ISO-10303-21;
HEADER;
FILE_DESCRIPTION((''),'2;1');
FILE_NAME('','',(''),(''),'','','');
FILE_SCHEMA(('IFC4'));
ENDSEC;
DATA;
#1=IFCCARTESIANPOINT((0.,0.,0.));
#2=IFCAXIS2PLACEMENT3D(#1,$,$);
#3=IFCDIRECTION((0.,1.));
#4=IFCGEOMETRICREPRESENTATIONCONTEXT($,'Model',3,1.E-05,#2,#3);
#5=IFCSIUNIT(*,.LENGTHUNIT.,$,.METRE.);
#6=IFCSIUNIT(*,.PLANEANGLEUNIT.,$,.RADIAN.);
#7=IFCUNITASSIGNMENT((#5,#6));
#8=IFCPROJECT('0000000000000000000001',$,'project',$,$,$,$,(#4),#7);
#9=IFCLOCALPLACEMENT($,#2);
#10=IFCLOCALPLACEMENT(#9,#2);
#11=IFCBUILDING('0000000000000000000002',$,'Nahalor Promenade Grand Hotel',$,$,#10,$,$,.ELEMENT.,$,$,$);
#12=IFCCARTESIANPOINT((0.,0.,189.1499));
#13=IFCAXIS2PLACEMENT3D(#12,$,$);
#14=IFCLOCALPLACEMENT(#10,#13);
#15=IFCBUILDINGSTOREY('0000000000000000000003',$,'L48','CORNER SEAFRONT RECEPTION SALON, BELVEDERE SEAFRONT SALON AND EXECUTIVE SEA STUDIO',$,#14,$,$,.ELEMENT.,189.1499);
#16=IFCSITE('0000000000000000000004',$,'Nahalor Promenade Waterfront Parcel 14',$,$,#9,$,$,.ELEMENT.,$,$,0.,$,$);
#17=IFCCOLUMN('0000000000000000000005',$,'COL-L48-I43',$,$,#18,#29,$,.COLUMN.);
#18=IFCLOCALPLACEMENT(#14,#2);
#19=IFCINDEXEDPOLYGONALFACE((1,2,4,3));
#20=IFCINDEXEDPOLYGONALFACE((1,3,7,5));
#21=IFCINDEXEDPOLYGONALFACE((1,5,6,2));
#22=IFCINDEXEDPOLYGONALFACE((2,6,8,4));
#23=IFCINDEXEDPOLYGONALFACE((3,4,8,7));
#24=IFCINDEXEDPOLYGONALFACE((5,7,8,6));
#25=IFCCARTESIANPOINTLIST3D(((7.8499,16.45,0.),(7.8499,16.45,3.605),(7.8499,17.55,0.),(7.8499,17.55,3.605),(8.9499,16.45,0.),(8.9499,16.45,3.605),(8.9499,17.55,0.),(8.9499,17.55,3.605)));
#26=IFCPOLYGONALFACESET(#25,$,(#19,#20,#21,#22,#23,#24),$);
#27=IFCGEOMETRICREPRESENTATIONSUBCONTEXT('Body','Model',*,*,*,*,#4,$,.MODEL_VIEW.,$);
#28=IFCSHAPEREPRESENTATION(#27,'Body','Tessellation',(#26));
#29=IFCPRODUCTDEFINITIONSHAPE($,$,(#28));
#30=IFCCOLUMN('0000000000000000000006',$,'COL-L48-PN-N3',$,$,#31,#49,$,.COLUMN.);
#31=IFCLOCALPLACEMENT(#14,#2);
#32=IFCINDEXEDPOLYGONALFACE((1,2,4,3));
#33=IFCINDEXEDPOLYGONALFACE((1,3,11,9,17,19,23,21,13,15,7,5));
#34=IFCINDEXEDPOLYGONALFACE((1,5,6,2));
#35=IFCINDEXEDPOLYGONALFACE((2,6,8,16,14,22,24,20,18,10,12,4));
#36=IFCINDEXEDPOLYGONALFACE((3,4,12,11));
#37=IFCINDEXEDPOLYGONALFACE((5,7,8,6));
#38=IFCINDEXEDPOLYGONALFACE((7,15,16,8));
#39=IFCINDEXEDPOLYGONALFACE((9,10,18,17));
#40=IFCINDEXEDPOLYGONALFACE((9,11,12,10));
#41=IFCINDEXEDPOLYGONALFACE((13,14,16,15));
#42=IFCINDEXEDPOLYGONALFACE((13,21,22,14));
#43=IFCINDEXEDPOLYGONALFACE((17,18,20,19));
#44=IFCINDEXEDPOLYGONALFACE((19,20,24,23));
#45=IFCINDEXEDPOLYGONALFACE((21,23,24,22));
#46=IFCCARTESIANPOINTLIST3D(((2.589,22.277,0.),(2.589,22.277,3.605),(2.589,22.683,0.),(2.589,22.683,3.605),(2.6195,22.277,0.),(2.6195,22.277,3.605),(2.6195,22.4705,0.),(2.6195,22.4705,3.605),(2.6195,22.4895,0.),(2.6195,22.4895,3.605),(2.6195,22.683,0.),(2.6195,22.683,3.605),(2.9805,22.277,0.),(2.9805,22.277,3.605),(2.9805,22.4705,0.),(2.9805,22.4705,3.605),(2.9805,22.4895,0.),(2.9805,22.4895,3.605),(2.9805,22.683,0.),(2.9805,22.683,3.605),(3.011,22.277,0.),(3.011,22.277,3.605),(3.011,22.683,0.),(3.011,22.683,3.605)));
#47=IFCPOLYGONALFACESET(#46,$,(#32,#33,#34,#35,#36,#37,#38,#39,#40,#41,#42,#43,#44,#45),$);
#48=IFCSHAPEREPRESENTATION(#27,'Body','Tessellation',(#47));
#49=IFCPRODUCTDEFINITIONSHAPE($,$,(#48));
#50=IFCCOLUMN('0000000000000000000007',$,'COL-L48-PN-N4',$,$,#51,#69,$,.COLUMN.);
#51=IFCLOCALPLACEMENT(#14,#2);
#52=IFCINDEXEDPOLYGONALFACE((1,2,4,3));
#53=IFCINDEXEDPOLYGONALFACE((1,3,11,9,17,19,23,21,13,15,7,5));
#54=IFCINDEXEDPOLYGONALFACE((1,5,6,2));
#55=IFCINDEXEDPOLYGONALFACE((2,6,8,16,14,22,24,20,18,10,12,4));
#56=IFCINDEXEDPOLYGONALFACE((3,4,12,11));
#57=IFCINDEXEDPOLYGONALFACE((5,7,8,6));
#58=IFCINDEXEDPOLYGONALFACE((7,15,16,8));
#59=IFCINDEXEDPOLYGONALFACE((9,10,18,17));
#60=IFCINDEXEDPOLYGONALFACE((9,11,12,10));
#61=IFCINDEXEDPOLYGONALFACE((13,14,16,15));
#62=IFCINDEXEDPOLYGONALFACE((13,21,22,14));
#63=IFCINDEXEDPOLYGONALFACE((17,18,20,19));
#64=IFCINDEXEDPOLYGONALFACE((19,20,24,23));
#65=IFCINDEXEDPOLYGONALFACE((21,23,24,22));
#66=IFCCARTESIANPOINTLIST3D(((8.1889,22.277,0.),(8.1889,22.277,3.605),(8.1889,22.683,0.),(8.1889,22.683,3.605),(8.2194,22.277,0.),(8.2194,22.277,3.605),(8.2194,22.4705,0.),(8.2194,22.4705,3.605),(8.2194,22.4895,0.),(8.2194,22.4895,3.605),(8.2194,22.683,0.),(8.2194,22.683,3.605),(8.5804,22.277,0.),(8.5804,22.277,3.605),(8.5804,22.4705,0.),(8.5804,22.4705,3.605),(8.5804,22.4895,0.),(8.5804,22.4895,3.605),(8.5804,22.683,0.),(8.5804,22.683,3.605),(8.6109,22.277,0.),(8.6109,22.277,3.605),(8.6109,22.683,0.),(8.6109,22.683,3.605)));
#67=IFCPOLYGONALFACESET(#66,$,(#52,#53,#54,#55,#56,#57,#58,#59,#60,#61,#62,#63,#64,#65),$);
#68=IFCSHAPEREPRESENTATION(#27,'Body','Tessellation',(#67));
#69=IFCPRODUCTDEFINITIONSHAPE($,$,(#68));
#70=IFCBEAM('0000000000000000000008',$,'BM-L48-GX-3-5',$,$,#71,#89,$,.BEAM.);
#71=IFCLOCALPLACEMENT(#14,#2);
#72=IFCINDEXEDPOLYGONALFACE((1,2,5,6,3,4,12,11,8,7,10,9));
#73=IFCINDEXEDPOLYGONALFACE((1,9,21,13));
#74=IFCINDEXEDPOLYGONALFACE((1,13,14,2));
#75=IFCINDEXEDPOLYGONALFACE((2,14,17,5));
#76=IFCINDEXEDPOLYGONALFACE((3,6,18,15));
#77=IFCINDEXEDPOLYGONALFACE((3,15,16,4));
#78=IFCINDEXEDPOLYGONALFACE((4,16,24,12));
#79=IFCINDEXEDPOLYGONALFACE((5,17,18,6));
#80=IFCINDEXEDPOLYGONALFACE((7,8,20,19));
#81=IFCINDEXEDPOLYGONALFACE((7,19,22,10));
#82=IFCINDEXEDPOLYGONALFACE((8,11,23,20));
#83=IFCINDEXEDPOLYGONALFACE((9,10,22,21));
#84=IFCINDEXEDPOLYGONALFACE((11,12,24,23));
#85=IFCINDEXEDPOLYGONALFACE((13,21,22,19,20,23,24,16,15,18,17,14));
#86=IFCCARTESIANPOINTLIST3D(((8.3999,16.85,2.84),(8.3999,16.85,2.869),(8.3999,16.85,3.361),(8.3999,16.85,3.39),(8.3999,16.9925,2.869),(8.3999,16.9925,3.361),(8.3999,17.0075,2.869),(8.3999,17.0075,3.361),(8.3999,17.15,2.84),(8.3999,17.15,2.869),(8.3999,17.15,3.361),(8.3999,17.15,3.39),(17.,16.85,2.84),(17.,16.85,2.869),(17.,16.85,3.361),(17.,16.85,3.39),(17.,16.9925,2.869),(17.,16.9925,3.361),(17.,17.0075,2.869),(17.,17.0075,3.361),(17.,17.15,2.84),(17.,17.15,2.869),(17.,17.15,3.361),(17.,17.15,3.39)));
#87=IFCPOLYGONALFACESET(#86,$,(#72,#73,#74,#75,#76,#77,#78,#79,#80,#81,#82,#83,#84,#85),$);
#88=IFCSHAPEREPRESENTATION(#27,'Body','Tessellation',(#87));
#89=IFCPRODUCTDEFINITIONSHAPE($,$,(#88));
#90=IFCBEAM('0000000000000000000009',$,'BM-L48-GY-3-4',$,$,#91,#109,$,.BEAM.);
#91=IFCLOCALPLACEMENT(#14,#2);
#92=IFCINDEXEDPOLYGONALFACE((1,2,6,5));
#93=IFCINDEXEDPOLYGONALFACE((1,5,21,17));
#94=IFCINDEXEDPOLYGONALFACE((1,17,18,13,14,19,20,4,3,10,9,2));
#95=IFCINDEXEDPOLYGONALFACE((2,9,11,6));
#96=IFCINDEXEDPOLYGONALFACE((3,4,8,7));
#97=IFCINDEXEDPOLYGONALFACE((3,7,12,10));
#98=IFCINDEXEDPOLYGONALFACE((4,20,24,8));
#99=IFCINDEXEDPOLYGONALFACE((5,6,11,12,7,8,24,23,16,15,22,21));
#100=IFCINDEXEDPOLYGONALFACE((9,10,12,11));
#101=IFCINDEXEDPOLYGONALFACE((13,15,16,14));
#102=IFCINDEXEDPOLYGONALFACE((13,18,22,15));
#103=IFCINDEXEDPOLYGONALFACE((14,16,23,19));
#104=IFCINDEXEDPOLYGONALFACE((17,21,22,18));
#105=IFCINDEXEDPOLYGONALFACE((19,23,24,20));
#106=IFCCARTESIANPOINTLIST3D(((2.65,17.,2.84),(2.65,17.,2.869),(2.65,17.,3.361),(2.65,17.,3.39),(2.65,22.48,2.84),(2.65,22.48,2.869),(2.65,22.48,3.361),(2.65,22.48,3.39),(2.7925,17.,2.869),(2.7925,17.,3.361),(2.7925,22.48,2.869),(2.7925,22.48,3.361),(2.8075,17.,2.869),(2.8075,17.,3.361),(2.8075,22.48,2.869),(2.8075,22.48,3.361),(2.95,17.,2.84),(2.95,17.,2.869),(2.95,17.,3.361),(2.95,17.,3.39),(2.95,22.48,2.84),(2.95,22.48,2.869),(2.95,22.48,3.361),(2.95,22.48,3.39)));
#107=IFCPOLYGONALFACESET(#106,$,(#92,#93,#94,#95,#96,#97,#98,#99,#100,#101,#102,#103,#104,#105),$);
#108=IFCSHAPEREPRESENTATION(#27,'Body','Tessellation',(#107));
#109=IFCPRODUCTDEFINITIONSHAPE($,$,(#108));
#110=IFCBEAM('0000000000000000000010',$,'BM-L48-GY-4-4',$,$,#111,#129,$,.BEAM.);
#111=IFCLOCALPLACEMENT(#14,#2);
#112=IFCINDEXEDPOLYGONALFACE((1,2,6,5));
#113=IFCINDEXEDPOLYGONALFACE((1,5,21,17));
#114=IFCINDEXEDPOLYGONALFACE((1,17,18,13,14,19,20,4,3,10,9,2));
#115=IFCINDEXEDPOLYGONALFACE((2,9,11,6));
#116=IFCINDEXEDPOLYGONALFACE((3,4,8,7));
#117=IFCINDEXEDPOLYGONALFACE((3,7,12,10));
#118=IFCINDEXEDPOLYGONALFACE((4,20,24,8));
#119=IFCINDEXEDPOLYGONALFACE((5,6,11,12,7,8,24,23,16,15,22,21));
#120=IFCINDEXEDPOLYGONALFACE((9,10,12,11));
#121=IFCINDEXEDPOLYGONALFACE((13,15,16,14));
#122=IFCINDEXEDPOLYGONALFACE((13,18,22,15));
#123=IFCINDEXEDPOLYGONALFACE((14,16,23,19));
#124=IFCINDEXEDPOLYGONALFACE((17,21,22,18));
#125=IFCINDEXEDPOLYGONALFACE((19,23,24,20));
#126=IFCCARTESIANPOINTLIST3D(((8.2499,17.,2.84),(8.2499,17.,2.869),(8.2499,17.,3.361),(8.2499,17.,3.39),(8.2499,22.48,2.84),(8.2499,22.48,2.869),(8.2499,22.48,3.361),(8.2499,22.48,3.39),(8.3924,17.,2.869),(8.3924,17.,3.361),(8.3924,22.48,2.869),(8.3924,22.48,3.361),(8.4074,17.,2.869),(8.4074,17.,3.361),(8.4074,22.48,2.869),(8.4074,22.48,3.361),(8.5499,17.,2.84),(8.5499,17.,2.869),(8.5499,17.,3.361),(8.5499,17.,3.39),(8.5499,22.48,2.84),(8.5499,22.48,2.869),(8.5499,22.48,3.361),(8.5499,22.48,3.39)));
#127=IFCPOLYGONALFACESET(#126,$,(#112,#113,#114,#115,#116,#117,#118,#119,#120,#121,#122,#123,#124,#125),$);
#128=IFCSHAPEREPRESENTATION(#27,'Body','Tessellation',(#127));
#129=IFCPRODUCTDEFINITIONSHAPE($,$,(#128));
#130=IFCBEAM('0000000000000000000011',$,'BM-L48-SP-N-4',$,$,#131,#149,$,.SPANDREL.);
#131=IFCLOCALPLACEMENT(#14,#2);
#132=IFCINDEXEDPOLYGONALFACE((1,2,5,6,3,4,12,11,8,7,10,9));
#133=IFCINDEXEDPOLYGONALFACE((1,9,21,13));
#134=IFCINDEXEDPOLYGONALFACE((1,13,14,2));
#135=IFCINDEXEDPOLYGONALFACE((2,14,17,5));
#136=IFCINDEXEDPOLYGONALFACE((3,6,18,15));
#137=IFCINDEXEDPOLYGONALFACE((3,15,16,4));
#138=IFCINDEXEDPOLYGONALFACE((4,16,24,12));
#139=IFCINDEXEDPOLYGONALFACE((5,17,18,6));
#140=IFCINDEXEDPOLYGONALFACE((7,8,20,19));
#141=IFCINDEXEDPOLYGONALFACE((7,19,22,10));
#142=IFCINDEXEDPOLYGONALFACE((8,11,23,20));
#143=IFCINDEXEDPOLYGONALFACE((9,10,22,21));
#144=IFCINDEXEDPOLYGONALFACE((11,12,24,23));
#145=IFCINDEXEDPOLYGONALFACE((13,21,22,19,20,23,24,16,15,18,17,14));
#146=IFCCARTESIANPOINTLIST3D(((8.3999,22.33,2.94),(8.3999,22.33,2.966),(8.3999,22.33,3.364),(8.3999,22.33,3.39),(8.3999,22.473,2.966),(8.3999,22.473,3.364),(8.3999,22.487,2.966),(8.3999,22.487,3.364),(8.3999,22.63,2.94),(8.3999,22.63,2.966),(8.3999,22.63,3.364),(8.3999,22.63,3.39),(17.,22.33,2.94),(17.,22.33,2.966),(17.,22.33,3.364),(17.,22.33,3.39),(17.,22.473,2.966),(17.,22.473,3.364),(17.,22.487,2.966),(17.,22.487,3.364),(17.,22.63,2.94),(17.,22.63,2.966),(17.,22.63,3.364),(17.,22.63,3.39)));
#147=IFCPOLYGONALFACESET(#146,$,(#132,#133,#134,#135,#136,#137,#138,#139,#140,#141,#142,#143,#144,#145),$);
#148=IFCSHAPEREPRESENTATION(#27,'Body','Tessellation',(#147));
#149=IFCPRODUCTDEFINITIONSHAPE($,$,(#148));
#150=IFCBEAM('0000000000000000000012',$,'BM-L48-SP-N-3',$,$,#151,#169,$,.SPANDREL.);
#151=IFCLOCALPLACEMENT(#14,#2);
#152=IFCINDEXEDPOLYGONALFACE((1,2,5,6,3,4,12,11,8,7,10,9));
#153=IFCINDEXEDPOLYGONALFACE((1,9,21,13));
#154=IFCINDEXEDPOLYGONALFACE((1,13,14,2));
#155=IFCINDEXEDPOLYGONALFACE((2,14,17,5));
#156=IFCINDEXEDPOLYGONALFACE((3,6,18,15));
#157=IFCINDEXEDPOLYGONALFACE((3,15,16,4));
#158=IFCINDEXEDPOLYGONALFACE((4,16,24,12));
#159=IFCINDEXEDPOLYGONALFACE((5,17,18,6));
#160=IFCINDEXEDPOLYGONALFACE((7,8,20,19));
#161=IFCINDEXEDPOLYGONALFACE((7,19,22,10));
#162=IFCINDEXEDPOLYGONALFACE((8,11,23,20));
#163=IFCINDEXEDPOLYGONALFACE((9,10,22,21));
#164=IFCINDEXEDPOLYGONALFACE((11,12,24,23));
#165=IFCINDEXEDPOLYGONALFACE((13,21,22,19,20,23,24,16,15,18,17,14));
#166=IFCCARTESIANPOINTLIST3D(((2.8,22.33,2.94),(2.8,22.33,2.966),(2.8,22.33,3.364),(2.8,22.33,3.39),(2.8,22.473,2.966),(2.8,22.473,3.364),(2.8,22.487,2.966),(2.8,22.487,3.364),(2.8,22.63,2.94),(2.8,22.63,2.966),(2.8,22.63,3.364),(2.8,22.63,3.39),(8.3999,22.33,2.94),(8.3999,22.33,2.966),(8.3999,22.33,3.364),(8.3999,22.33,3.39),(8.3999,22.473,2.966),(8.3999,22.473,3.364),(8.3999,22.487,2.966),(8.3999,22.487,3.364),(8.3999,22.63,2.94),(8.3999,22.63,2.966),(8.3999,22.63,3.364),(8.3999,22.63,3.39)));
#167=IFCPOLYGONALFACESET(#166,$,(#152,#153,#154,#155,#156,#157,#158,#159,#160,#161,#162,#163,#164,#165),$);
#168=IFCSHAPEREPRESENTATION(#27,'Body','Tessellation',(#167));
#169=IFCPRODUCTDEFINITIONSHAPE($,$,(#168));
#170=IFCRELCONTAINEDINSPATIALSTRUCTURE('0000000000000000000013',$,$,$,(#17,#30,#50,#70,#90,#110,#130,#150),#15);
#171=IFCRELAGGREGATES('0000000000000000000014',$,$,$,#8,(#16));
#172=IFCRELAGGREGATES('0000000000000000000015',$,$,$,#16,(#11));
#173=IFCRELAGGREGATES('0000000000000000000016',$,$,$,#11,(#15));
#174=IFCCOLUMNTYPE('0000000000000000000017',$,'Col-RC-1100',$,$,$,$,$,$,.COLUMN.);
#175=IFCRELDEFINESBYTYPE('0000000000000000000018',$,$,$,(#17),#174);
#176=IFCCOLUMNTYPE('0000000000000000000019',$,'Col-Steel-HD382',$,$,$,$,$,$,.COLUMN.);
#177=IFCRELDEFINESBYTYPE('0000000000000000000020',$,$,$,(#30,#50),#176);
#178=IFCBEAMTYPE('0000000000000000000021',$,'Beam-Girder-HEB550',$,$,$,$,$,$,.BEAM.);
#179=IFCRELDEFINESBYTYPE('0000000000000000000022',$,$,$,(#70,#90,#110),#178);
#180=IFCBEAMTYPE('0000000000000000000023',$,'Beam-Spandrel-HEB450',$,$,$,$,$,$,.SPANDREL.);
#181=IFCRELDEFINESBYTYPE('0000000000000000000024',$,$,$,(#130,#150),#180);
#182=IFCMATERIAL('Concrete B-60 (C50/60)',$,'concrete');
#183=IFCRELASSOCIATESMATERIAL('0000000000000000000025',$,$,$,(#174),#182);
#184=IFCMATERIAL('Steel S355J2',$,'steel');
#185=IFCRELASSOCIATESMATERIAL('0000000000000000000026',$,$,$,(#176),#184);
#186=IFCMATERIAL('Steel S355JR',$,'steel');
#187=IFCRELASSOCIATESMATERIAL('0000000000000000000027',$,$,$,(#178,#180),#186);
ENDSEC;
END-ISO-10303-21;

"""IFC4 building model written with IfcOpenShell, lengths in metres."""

from ifc_helpers import new_model, si_unit, direction, frame, origin, origin_2d, place, context, subcontext, project, spatial, rectangle, i_section, extrude, source, transform, mapped, material, material_profile, profile_set, type_object, element, save


model = new_model("IFC4")

# Units and contexts
model_context = context("Model", 3, precision=1e-05, world=origin(), true_north=direction((0.0, 1.0)))
body_context = subcontext(model_context, "Body", "Model", "MODEL_VIEW")
ifc_project = project(units=[si_unit("LENGTHUNIT", "METRE"), si_unit("PLANEANGLEUNIT", "RADIAN")], contexts=[model_context])

# Site, building, storey
site_placement = place(None, origin())
site = spatial("IfcSite", under=ifc_project, at=site_placement, Name="Nahalor Promenade Waterfront Parcel 14", CompositionType="ELEMENT", RefElevation=0.0)
building_placement = place(site_placement, origin())
building = spatial("IfcBuilding", under=site, at=building_placement, Name="Nahalor Promenade Grand Hotel", CompositionType="ELEMENT")
storey_placement = place(building_placement, frame((0.0, 0.0, 189.1499)))
storey = spatial("IfcBuildingStorey", under=building, at=storey_placement, Name="L48", Description="CORNER SEAFRONT RECEPTION SALON, BELVEDERE SEAFRONT SALON AND EXECUTIVE SEA STUDIO", CompositionType="ELEMENT", Elevation=189.1499)

# Columns
ifc_material_1 = material(Name="Concrete B-60 (C50/60)", Category="concrete")
ifc_material_profile_1 = material_profile(ifc_material_1, rectangle(XDim=1.1, YDim=1.1, at=origin_2d()), Name="RC 1100x1100")
ifc_profile_set_1 = profile_set([ifc_material_profile_1], Name="Concrete B-60 (C50/60)")
column_type_1 = type_object("IfcColumnType", Name="Col-RC-1100", PredefinedType="COLUMN", material=ifc_profile_set_1)
shared_shape_1 = source(origin(), body_context, "Body", "SweptSolid", [
    extrude(rectangle(XDim=1.1, YDim=1.1, at=origin_2d()), origin(), (0.0, 0.0, 1.0), 3.605),
])
column_placement = place(storey_placement, frame((8.3999, 17.0, 0.0), z_axis=(0.0, 0.0, 1.0), x_axis=(1.0, 0.0, 0.0)))
element("IfcColumn", 1, at=column_placement, inside=storey, type_object=column_type_1, Name="COL-L48-I43", PredefinedType="COLUMN", context=body_context, shape_type="MappedRepresentation", body=[
    mapped(shared_shape_1, transform((0.0, 0.0, 0.0), scale=1.0)),
])
ifc_material_2 = material(Name="Steel S355J2", Category="steel")
ifc_material_profile_2 = material_profile(ifc_material_2, i_section(OverallWidth=0.406, OverallDepth=0.422, WebThickness=0.019, FlangeThickness=0.0305, at=origin_2d()), Name="HD 400x382")
ifc_profile_set_2 = profile_set([ifc_material_profile_2], Name="Steel S355J2")
column_type_2 = type_object("IfcColumnType", Name="Col-Steel-HD382", PredefinedType="COLUMN", material=ifc_profile_set_2)
shared_shape_2 = source(origin(), body_context, "Body", "SweptSolid", [
    extrude(i_section(OverallWidth=0.406, OverallDepth=0.422, WebThickness=0.019, FlangeThickness=0.0305, at=origin_2d()), origin(), (0.0, 0.0, 1.0), 3.605),
])
for number, where, z_axis, x_axis, name in (
    (2, (2.8, 22.48, 0.0), (0.0, 0.0, 1.0), (0.0, 1.0, 0.0), "COL-L48-PN-N3"),
    (3, (8.3999, 22.48, 0.0), (0.0, 0.0, 1.0), (0.0, 1.0, 0.0), "COL-L48-PN-N4"),
):
    element("IfcColumn", number, at=place(storey_placement, frame(where, z_axis=z_axis, x_axis=x_axis)), inside=storey, type_object=column_type_2, Name=name, PredefinedType="COLUMN", context=body_context, shape_type="MappedRepresentation", body=[
        mapped(shared_shape_2, transform((0.0, 0.0, 0.0), scale=1.0)),
    ])

# Beams
ifc_material_3 = material(Name="Steel S355JR", Category="steel")
ifc_material_profile_3 = material_profile(ifc_material_3, i_section(OverallWidth=0.3, OverallDepth=0.55, WebThickness=0.015, FlangeThickness=0.029, at=origin_2d()), Name="HEB 550")
ifc_profile_set_3 = profile_set([ifc_material_profile_3], Name="Steel S355JR")
beam_type_1 = type_object("IfcBeamType", Name="Beam-Girder-HEB550", PredefinedType="BEAM", material=ifc_profile_set_3)
shared_shape_3 = source(origin(), body_context, "Body", "SweptSolid", [
    extrude(i_section(OverallWidth=0.3, OverallDepth=0.55, WebThickness=0.015, FlangeThickness=0.029, at=origin_2d()), origin(), (0.0, 0.0, 1.0), 8.6001),
])
beam_1_placement = place(storey_placement, frame((8.3999, 17.0, 3.115), z_axis=(1.0, 0.0, 0.0), x_axis=(0.0, 1.0, 0.0)))
element("IfcBeam", 4, at=beam_1_placement, inside=storey, type_object=beam_type_1, Name="BM-L48-GX-3-5", PredefinedType="BEAM", context=body_context, shape_type="MappedRepresentation", body=[
    mapped(shared_shape_3, transform((0.0, 0.0, 0.0), scale=1.0)),
])
shared_shape_4 = source(origin(), body_context, "Body", "SweptSolid", [
    extrude(i_section(OverallWidth=0.3, OverallDepth=0.55, WebThickness=0.015, FlangeThickness=0.029, at=origin_2d()), origin(), (0.0, 0.0, 1.0), 5.48),
])
for number, where, z_axis, x_axis, name in (
    (5, (2.8, 17.0, 3.115), (0.0, 1.0, 0.0), (-1.0, 0.0, 0.0), "BM-L48-GY-3-4"),
    (6, (8.3999, 17.0, 3.115), (0.0, 1.0, 0.0), (-1.0, 0.0, 0.0), "BM-L48-GY-4-4"),
):
    element("IfcBeam", number, at=place(storey_placement, frame(where, z_axis=z_axis, x_axis=x_axis)), inside=storey, type_object=beam_type_1, Name=name, PredefinedType="BEAM", context=body_context, shape_type="MappedRepresentation", body=[
        mapped(shared_shape_4, transform((0.0, 0.0, 0.0), scale=1.0)),
    ])
ifc_material_profile_4 = material_profile(ifc_material_3, i_section(OverallWidth=0.3, OverallDepth=0.45, WebThickness=0.014, FlangeThickness=0.026, at=origin_2d()), Name="HEB 450")
ifc_profile_set_4 = profile_set([ifc_material_profile_4], Name="Steel S355JR")
beam_type_2 = type_object("IfcBeamType", Name="Beam-Spandrel-HEB450", PredefinedType="SPANDREL", material=ifc_profile_set_4)
shared_shape_5 = source(origin(), body_context, "Body", "SweptSolid", [
    extrude(i_section(OverallWidth=0.3, OverallDepth=0.45, WebThickness=0.014, FlangeThickness=0.026, at=origin_2d()), origin(), (0.0, 0.0, 1.0), 8.6001),
])
beam_2_placement = place(storey_placement, frame((8.3999, 22.48, 3.165), z_axis=(1.0, 0.0, 0.0), x_axis=(0.0, 1.0, 0.0)))
element("IfcBeam", 7, at=beam_2_placement, inside=storey, type_object=beam_type_2, Name="BM-L48-SP-N-4", PredefinedType="SPANDREL", context=body_context, shape_type="MappedRepresentation", body=[
    mapped(shared_shape_5, transform((0.0, 0.0, 0.0), scale=1.0)),
])
shared_shape_6 = source(origin(), body_context, "Body", "SweptSolid", [
    extrude(i_section(OverallWidth=0.3, OverallDepth=0.45, WebThickness=0.014, FlangeThickness=0.026, at=origin_2d()), origin(), (0.0, 0.0, 1.0), 5.5999),
])
beam_3_placement = place(storey_placement, frame((2.8, 22.48, 3.165), z_axis=(1.0, 0.0, 0.0), x_axis=(0.0, 1.0, 0.0)))
element("IfcBeam", 8, at=beam_3_placement, inside=storey, type_object=beam_type_2, Name="BM-L48-SP-N-3", PredefinedType="SPANDREL", context=body_context, shape_type="MappedRepresentation", body=[
    mapped(shared_shape_6, transform((0.0, 0.0, 0.0), scale=1.0)),
])

save(model, "model.ifc")
